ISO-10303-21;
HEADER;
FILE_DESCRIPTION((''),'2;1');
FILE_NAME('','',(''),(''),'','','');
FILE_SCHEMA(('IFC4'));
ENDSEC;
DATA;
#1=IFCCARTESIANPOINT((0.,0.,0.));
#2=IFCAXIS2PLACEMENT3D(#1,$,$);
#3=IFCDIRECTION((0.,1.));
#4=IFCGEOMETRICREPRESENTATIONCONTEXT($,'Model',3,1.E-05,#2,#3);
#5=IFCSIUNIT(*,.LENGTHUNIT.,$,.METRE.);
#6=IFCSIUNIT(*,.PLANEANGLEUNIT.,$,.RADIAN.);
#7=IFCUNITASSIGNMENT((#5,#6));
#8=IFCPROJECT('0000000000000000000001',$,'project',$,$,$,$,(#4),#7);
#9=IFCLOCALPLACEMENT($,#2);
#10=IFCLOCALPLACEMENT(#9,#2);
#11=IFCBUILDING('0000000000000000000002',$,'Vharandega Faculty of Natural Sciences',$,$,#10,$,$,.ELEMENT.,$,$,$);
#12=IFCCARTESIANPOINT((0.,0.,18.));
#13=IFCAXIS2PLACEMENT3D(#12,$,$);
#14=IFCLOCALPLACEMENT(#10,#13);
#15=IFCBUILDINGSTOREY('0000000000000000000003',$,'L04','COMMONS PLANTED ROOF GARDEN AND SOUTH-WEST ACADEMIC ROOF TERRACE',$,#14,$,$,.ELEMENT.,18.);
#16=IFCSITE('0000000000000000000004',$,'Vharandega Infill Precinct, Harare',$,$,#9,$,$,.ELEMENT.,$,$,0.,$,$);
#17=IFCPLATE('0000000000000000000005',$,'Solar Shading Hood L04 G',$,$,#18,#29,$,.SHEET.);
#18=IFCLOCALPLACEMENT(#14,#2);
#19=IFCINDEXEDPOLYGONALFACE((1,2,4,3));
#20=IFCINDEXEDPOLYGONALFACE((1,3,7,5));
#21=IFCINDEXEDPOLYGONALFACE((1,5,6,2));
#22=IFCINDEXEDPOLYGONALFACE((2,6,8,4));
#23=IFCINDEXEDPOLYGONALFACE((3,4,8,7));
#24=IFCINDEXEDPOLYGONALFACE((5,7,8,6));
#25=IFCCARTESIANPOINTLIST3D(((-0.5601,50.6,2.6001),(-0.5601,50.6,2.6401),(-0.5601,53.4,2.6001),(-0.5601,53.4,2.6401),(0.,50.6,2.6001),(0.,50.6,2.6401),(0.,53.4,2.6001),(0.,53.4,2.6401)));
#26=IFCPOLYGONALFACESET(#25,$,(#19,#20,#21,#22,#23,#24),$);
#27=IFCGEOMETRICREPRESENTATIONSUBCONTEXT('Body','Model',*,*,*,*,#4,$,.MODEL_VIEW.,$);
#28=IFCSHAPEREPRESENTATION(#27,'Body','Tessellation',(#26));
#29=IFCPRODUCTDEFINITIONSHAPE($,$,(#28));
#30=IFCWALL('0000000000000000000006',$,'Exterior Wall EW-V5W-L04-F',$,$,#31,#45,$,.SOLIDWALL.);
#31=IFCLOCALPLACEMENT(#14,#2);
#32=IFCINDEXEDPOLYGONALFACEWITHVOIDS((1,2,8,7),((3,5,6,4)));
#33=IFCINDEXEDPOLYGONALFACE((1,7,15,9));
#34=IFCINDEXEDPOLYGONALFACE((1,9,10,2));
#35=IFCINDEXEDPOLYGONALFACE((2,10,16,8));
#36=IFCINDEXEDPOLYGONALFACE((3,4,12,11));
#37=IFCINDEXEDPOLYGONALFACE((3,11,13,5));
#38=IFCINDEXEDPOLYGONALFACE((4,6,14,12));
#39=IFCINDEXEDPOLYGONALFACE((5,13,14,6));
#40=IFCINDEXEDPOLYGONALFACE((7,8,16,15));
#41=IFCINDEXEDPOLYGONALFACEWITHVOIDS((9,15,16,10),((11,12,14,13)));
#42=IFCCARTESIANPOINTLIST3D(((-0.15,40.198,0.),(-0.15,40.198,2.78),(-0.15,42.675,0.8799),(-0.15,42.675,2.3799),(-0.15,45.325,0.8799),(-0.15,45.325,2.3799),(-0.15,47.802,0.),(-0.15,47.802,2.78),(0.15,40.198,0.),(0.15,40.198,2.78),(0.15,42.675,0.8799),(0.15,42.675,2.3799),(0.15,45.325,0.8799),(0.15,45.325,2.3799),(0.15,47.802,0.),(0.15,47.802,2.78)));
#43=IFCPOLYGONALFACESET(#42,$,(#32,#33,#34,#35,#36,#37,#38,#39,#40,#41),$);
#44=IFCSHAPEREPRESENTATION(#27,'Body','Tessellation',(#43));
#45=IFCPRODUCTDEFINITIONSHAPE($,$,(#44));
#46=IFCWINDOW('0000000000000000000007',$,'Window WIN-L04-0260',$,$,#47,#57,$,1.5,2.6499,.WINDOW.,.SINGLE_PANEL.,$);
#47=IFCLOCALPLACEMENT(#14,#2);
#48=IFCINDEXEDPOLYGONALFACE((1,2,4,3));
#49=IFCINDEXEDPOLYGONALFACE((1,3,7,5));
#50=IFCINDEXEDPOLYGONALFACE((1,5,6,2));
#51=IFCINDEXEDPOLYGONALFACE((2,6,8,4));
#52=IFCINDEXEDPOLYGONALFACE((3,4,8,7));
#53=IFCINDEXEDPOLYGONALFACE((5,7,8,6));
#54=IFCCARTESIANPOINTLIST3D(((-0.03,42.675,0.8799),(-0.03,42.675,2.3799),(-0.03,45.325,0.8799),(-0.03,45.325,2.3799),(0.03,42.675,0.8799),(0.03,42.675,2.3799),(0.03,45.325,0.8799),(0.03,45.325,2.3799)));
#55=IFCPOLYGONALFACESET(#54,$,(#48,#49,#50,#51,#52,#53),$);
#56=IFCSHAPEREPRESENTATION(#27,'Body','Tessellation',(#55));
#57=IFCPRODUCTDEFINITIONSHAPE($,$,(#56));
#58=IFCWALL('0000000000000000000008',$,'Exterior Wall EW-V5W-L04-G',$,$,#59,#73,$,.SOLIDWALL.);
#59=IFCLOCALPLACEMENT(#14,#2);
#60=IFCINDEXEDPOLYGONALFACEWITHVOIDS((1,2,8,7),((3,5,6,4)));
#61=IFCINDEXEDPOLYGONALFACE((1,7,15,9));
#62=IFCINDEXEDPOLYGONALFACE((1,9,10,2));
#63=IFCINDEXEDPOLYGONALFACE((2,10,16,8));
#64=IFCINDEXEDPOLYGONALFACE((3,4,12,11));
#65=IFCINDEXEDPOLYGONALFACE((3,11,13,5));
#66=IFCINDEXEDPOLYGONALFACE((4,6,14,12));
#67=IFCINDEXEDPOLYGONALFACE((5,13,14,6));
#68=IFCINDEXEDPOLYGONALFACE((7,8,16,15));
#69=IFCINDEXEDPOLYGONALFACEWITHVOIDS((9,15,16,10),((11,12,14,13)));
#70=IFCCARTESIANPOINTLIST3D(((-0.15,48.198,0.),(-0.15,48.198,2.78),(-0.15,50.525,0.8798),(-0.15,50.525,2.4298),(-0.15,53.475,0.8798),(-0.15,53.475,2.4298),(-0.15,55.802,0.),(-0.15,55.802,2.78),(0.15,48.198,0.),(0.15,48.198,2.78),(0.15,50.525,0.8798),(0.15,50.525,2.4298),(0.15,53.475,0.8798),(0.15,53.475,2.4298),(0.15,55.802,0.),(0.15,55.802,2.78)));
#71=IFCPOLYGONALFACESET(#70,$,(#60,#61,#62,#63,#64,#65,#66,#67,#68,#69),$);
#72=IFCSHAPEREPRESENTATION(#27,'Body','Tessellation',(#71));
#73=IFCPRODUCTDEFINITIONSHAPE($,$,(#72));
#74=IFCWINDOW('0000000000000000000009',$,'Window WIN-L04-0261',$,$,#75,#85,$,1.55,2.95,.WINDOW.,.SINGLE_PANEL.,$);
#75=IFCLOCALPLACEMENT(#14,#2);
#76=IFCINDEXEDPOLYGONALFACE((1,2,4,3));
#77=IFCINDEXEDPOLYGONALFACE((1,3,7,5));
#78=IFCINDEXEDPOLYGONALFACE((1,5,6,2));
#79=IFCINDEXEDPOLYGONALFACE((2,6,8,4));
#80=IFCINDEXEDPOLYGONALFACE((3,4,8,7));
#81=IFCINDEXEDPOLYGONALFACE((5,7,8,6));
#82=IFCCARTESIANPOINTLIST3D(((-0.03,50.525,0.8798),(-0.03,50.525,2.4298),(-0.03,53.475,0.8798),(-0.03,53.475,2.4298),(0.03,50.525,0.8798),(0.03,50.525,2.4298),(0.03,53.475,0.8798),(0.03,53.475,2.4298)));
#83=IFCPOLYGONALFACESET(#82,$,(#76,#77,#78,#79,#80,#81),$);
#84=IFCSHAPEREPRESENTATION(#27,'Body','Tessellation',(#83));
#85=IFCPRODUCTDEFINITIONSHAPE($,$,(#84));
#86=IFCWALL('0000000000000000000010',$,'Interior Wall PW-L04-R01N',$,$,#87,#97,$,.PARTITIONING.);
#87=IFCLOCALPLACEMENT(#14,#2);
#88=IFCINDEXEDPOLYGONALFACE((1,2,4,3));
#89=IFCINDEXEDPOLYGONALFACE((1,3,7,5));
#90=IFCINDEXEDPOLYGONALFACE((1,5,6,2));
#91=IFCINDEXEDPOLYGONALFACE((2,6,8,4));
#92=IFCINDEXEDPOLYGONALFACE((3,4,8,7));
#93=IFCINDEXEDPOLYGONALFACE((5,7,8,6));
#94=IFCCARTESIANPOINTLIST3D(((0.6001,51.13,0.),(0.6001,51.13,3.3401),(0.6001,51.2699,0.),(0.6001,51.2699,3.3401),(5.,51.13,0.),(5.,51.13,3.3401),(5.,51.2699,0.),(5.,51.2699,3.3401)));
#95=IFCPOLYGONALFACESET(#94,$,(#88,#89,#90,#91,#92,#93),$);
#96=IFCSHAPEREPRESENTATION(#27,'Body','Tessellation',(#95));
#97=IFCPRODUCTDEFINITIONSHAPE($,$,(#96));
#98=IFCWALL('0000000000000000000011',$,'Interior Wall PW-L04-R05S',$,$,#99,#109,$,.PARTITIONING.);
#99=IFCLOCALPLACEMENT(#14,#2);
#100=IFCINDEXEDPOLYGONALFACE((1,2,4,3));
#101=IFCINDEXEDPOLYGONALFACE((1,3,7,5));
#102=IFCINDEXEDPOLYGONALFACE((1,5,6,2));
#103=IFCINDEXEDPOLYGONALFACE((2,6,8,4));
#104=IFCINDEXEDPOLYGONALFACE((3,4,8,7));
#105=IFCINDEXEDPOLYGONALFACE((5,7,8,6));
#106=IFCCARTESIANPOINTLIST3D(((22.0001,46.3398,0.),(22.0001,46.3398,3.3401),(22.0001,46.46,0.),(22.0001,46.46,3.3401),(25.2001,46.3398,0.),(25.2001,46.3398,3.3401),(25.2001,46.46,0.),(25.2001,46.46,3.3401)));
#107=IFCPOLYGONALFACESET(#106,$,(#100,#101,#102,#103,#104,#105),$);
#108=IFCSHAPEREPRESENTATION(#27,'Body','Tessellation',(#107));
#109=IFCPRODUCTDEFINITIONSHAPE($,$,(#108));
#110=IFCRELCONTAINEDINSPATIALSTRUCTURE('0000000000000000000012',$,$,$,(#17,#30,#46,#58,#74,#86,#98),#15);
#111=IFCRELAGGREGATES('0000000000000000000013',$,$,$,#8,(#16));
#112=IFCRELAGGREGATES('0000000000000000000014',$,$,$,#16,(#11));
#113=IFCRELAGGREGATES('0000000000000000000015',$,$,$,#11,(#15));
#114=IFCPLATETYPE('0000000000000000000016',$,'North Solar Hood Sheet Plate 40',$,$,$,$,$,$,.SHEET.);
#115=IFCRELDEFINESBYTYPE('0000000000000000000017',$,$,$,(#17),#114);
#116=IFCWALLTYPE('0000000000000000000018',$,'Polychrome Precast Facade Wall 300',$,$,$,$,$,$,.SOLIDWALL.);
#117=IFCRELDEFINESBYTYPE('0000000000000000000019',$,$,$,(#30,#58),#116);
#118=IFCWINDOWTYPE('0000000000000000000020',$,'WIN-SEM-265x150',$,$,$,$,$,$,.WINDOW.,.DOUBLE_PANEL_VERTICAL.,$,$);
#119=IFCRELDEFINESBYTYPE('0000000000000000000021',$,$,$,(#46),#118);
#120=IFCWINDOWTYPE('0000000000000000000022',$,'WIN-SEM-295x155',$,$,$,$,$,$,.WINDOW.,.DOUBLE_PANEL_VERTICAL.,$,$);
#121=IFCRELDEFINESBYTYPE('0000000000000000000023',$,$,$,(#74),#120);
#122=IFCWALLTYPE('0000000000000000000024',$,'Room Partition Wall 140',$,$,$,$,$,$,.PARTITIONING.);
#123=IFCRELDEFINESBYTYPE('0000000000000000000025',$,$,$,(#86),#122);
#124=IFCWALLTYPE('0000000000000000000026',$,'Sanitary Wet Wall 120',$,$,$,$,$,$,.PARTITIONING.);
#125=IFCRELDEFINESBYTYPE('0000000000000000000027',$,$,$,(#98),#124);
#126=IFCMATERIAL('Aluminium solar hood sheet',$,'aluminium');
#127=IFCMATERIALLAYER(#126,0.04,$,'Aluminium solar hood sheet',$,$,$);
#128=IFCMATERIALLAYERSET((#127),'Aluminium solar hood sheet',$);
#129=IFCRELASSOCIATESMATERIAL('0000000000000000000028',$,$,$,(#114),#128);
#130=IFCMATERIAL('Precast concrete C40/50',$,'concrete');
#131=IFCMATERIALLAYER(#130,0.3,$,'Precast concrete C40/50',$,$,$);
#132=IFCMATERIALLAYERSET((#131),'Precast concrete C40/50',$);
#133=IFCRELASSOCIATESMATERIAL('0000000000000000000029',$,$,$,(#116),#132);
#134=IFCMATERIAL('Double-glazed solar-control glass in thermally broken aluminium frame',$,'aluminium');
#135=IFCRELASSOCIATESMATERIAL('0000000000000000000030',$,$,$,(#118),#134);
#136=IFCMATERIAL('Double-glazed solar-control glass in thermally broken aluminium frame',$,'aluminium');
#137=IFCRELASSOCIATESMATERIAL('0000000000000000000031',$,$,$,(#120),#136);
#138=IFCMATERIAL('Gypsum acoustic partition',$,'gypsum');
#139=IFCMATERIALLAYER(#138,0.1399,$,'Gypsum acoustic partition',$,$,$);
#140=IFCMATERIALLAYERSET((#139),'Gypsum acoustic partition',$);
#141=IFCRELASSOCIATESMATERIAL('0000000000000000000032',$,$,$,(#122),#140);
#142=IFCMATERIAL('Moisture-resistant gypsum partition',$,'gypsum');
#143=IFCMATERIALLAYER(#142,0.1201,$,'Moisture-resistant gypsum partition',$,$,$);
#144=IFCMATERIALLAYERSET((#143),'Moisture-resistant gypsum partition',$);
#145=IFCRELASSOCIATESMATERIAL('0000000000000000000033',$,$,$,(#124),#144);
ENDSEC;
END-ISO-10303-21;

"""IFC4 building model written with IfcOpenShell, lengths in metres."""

from ifc_helpers import new_model, si_unit, direction, frame, frame_2d, origin, origin_2d, place, context, subcontext, project, spatial, rectangle, extrude, material, layer, layer_set, type_object, element, fill, save


model = new_model("IFC4")

# Units and contexts
model_context = context("Model", 3, precision=1e-05, world=origin(), true_north=direction((0.0, 1.0)))
body_context = subcontext(model_context, "Body", "Model", "MODEL_VIEW")
ifc_project = project(units=[si_unit("LENGTHUNIT", "METRE"), si_unit("PLANEANGLEUNIT", "RADIAN")], contexts=[model_context])

# Site, building, storey
site_placement = place(None, origin())
site = spatial("IfcSite", under=ifc_project, at=site_placement, Name="Vharandega Infill Precinct, Harare", CompositionType="ELEMENT", RefElevation=0.0)
building_placement = place(site_placement, origin())
building = spatial("IfcBuilding", under=site, at=building_placement, Name="Vharandega Faculty of Natural Sciences", CompositionType="ELEMENT")
storey_placement = place(building_placement, frame((0.0, 0.0, 18.0)))
storey = spatial("IfcBuildingStorey", under=building, at=storey_placement, Name="L04", Description="COMMONS PLANTED ROOF GARDEN AND SOUTH-WEST ACADEMIC ROOF TERRACE", CompositionType="ELEMENT", Elevation=18.0)

# Plate
ifc_material_1 = material(Name="Aluminium solar hood sheet", Category="aluminium")
ifc_layer_1 = layer(ifc_material_1, 0.04, Name="Aluminium solar hood sheet")
ifc_layer_set_1 = layer_set([ifc_layer_1], Name="Aluminium solar hood sheet")
plate_type = type_object("IfcPlateType", Name="North Solar Hood Sheet Plate 40", PredefinedType="SHEET", material=ifc_layer_set_1)
for number, where, z_axis, x_axis, name in (
    (1, (-0.28, 52.0, 2.6001), (0.0, 0.0, 1.0), (1.0, 0.0, 0.0), "Solar Shading Hood L04 G"),
):
    element("IfcPlate", number, at=place(storey_placement, frame(where, z_axis=z_axis, x_axis=x_axis)), inside=storey, type_object=plate_type, Name=name, PredefinedType="SHEET", context=body_context, shape_type="SweptSolid", body=[
        extrude(rectangle(XDim=0.5601, YDim=2.8, at=origin_2d()), origin(), (0.0, 0.0, 1.0), 0.04),
    ])

# Walls, openings, windows
ifc_material_2 = material(Name="Precast concrete C40/50", Category="concrete")
ifc_layer_2 = layer(ifc_material_2, 0.3, Name="Precast concrete C40/50")
ifc_layer_set_2 = layer_set([ifc_layer_2], Name="Precast concrete C40/50")
wall_type_1 = type_object("IfcWallType", Name="Polychrome Precast Facade Wall 300", PredefinedType="SOLIDWALL", material=ifc_layer_set_2)
wall_1_placement = place(storey_placement, frame((0.0, 40.198, 0.0), z_axis=(0.0, 0.0, 1.0), x_axis=(0.0, 1.0, 0.0)))
wall_1 = element("IfcWall", 2, at=wall_1_placement, inside=storey, type_object=wall_type_1, Name="Exterior Wall EW-V5W-L04-F", PredefinedType="SOLIDWALL", context=body_context, shape_type="SweptSolid", body=[
    extrude(rectangle(XDim=7.604, YDim=0.3, at=frame_2d((3.802, 0.0))), origin(), (0.0, 0.0, 1.0), 2.78),
])
opening_1_placement = place(wall_1_placement, frame((2.4771, 0.0, 0.8799)))
opening_1 = element("IfcOpeningElement", 3, at=opening_1_placement, cuts=wall_1, PredefinedType="OPENING", context=body_context, shape_type="SweptSolid", body=[
    extrude(rectangle(XDim=2.6499, YDim=1.5, at=frame_2d((1.325, 0.75))), frame((0.0, 0.1602, 0.0), z_axis=(0.0, -1.0, 0.0), x_axis=(1.0, 0.0, 0.0)), (0.0, 0.0, 1.0), 0.3201),
])
ifc_material_3 = material(Name="Double-glazed solar-control glass in thermally broken aluminium frame", Category="aluminium")
window_type_1 = type_object("IfcWindowType", Name="WIN-SEM-265x150", PartitioningType="DOUBLE_PANEL_VERTICAL", PredefinedType="WINDOW", material=ifc_material_3)
window_1_placement = place(opening_1_placement, origin())
window_1 = element("IfcWindow", 4, at=window_1_placement, inside=storey, type_object=window_type_1, Name="Window WIN-L04-0260", OverallHeight=1.5, OverallWidth=2.6499, PartitioningType="SINGLE_PANEL", PredefinedType="WINDOW", context=body_context, shape_type="SweptSolid", body=[
    extrude(rectangle(XDim=2.6499, YDim=1.5, at=frame_2d((1.325, 0.75))), frame((0.0, 0.03, 0.0), z_axis=(0.0, -1.0, 0.0), x_axis=(1.0, 0.0, 0.0)), (0.0, 0.0, 1.0), 0.0601),
])
fill(opening_1, window_1)
wall_2_placement = place(storey_placement, frame((0.0, 48.198, 0.0), z_axis=(0.0, 0.0, 1.0), x_axis=(0.0, 1.0, 0.0)))
wall_2 = element("IfcWall", 5, at=wall_2_placement, inside=storey, type_object=wall_type_1, Name="Exterior Wall EW-V5W-L04-G", PredefinedType="SOLIDWALL", context=body_context, shape_type="SweptSolid", body=[
    extrude(rectangle(XDim=7.604, YDim=0.3, at=frame_2d((3.802, 0.0))), origin(), (0.0, 0.0, 1.0), 2.78),
])
opening_2_placement = place(wall_2_placement, frame((2.3269, 0.0, 0.8799)))
opening_2 = element("IfcOpeningElement", 6, at=opening_2_placement, cuts=wall_2, PredefinedType="OPENING", context=body_context, shape_type="SweptSolid", body=[
    extrude(rectangle(XDim=2.95, YDim=1.55, at=frame_2d((1.4751, 0.7749))), frame((0.0, 0.1602, 0.0), z_axis=(0.0, -1.0, 0.0), x_axis=(1.0, 0.0, 0.0)), (0.0, 0.0, 1.0), 0.3201),
])
ifc_material_4 = material(Name="Double-glazed solar-control glass in thermally broken aluminium frame", Category="aluminium")
window_type_2 = type_object("IfcWindowType", Name="WIN-SEM-295x155", PartitioningType="DOUBLE_PANEL_VERTICAL", PredefinedType="WINDOW", material=ifc_material_4)
window_2_placement = place(opening_2_placement, origin())
window_2 = element("IfcWindow", 7, at=window_2_placement, inside=storey, type_object=window_type_2, Name="Window WIN-L04-0261", OverallHeight=1.55, OverallWidth=2.95, PartitioningType="SINGLE_PANEL", PredefinedType="WINDOW", context=body_context, shape_type="SweptSolid", body=[
    extrude(rectangle(XDim=2.95, YDim=1.55, at=frame_2d((1.4751, 0.7749))), frame((0.0, 0.03, 0.0), z_axis=(0.0, -1.0, 0.0), x_axis=(1.0, 0.0, 0.0)), (0.0, 0.0, 1.0), 0.0601),
])
fill(opening_2, window_2)

# Walls
ifc_material_5 = material(Name="Gypsum acoustic partition", Category="gypsum")
ifc_layer_3 = layer(ifc_material_5, 0.1399, Name="Gypsum acoustic partition")
ifc_layer_set_3 = layer_set([ifc_layer_3], Name="Gypsum acoustic partition")
wall_type_2 = type_object("IfcWallType", Name="Room Partition Wall 140", PredefinedType="PARTITIONING", material=ifc_layer_set_3)
wall_3_placement = place(storey_placement, frame((0.6001, 51.2, 0.0), z_axis=(0.0, 0.0, 1.0), x_axis=(1.0, 0.0, 0.0)))
element("IfcWall", 8, at=wall_3_placement, inside=storey, type_object=wall_type_2, Name="Interior Wall PW-L04-R01N", PredefinedType="PARTITIONING", context=body_context, shape_type="SweptSolid", body=[
    extrude(rectangle(XDim=4.3999, YDim=0.1399, at=frame_2d((2.2, 0.0))), origin(), (0.0, 0.0, 1.0), 3.3401),
])
ifc_material_6 = material(Name="Moisture-resistant gypsum partition", Category="gypsum")
ifc_layer_4 = layer(ifc_material_6, 0.1201, Name="Moisture-resistant gypsum partition")
ifc_layer_set_4 = layer_set([ifc_layer_4], Name="Moisture-resistant gypsum partition")
wall_type_3 = type_object("IfcWallType", Name="Sanitary Wet Wall 120", PredefinedType="PARTITIONING", material=ifc_layer_set_4)
wall_4_placement = place(storey_placement, frame((22.0, 46.3999, 0.0), z_axis=(0.0, 0.0, 1.0), x_axis=(1.0, 0.0, 0.0)))
element("IfcWall", 9, at=wall_4_placement, inside=storey, type_object=wall_type_3, Name="Interior Wall PW-L04-R05S", PredefinedType="PARTITIONING", context=body_context, shape_type="SweptSolid", body=[
    extrude(rectangle(XDim=3.2, YDim=0.1201, at=frame_2d((1.6001, 0.0))), origin(), (0.0, 0.0, 1.0), 3.3401),
])

save(model, "model.ifc")
